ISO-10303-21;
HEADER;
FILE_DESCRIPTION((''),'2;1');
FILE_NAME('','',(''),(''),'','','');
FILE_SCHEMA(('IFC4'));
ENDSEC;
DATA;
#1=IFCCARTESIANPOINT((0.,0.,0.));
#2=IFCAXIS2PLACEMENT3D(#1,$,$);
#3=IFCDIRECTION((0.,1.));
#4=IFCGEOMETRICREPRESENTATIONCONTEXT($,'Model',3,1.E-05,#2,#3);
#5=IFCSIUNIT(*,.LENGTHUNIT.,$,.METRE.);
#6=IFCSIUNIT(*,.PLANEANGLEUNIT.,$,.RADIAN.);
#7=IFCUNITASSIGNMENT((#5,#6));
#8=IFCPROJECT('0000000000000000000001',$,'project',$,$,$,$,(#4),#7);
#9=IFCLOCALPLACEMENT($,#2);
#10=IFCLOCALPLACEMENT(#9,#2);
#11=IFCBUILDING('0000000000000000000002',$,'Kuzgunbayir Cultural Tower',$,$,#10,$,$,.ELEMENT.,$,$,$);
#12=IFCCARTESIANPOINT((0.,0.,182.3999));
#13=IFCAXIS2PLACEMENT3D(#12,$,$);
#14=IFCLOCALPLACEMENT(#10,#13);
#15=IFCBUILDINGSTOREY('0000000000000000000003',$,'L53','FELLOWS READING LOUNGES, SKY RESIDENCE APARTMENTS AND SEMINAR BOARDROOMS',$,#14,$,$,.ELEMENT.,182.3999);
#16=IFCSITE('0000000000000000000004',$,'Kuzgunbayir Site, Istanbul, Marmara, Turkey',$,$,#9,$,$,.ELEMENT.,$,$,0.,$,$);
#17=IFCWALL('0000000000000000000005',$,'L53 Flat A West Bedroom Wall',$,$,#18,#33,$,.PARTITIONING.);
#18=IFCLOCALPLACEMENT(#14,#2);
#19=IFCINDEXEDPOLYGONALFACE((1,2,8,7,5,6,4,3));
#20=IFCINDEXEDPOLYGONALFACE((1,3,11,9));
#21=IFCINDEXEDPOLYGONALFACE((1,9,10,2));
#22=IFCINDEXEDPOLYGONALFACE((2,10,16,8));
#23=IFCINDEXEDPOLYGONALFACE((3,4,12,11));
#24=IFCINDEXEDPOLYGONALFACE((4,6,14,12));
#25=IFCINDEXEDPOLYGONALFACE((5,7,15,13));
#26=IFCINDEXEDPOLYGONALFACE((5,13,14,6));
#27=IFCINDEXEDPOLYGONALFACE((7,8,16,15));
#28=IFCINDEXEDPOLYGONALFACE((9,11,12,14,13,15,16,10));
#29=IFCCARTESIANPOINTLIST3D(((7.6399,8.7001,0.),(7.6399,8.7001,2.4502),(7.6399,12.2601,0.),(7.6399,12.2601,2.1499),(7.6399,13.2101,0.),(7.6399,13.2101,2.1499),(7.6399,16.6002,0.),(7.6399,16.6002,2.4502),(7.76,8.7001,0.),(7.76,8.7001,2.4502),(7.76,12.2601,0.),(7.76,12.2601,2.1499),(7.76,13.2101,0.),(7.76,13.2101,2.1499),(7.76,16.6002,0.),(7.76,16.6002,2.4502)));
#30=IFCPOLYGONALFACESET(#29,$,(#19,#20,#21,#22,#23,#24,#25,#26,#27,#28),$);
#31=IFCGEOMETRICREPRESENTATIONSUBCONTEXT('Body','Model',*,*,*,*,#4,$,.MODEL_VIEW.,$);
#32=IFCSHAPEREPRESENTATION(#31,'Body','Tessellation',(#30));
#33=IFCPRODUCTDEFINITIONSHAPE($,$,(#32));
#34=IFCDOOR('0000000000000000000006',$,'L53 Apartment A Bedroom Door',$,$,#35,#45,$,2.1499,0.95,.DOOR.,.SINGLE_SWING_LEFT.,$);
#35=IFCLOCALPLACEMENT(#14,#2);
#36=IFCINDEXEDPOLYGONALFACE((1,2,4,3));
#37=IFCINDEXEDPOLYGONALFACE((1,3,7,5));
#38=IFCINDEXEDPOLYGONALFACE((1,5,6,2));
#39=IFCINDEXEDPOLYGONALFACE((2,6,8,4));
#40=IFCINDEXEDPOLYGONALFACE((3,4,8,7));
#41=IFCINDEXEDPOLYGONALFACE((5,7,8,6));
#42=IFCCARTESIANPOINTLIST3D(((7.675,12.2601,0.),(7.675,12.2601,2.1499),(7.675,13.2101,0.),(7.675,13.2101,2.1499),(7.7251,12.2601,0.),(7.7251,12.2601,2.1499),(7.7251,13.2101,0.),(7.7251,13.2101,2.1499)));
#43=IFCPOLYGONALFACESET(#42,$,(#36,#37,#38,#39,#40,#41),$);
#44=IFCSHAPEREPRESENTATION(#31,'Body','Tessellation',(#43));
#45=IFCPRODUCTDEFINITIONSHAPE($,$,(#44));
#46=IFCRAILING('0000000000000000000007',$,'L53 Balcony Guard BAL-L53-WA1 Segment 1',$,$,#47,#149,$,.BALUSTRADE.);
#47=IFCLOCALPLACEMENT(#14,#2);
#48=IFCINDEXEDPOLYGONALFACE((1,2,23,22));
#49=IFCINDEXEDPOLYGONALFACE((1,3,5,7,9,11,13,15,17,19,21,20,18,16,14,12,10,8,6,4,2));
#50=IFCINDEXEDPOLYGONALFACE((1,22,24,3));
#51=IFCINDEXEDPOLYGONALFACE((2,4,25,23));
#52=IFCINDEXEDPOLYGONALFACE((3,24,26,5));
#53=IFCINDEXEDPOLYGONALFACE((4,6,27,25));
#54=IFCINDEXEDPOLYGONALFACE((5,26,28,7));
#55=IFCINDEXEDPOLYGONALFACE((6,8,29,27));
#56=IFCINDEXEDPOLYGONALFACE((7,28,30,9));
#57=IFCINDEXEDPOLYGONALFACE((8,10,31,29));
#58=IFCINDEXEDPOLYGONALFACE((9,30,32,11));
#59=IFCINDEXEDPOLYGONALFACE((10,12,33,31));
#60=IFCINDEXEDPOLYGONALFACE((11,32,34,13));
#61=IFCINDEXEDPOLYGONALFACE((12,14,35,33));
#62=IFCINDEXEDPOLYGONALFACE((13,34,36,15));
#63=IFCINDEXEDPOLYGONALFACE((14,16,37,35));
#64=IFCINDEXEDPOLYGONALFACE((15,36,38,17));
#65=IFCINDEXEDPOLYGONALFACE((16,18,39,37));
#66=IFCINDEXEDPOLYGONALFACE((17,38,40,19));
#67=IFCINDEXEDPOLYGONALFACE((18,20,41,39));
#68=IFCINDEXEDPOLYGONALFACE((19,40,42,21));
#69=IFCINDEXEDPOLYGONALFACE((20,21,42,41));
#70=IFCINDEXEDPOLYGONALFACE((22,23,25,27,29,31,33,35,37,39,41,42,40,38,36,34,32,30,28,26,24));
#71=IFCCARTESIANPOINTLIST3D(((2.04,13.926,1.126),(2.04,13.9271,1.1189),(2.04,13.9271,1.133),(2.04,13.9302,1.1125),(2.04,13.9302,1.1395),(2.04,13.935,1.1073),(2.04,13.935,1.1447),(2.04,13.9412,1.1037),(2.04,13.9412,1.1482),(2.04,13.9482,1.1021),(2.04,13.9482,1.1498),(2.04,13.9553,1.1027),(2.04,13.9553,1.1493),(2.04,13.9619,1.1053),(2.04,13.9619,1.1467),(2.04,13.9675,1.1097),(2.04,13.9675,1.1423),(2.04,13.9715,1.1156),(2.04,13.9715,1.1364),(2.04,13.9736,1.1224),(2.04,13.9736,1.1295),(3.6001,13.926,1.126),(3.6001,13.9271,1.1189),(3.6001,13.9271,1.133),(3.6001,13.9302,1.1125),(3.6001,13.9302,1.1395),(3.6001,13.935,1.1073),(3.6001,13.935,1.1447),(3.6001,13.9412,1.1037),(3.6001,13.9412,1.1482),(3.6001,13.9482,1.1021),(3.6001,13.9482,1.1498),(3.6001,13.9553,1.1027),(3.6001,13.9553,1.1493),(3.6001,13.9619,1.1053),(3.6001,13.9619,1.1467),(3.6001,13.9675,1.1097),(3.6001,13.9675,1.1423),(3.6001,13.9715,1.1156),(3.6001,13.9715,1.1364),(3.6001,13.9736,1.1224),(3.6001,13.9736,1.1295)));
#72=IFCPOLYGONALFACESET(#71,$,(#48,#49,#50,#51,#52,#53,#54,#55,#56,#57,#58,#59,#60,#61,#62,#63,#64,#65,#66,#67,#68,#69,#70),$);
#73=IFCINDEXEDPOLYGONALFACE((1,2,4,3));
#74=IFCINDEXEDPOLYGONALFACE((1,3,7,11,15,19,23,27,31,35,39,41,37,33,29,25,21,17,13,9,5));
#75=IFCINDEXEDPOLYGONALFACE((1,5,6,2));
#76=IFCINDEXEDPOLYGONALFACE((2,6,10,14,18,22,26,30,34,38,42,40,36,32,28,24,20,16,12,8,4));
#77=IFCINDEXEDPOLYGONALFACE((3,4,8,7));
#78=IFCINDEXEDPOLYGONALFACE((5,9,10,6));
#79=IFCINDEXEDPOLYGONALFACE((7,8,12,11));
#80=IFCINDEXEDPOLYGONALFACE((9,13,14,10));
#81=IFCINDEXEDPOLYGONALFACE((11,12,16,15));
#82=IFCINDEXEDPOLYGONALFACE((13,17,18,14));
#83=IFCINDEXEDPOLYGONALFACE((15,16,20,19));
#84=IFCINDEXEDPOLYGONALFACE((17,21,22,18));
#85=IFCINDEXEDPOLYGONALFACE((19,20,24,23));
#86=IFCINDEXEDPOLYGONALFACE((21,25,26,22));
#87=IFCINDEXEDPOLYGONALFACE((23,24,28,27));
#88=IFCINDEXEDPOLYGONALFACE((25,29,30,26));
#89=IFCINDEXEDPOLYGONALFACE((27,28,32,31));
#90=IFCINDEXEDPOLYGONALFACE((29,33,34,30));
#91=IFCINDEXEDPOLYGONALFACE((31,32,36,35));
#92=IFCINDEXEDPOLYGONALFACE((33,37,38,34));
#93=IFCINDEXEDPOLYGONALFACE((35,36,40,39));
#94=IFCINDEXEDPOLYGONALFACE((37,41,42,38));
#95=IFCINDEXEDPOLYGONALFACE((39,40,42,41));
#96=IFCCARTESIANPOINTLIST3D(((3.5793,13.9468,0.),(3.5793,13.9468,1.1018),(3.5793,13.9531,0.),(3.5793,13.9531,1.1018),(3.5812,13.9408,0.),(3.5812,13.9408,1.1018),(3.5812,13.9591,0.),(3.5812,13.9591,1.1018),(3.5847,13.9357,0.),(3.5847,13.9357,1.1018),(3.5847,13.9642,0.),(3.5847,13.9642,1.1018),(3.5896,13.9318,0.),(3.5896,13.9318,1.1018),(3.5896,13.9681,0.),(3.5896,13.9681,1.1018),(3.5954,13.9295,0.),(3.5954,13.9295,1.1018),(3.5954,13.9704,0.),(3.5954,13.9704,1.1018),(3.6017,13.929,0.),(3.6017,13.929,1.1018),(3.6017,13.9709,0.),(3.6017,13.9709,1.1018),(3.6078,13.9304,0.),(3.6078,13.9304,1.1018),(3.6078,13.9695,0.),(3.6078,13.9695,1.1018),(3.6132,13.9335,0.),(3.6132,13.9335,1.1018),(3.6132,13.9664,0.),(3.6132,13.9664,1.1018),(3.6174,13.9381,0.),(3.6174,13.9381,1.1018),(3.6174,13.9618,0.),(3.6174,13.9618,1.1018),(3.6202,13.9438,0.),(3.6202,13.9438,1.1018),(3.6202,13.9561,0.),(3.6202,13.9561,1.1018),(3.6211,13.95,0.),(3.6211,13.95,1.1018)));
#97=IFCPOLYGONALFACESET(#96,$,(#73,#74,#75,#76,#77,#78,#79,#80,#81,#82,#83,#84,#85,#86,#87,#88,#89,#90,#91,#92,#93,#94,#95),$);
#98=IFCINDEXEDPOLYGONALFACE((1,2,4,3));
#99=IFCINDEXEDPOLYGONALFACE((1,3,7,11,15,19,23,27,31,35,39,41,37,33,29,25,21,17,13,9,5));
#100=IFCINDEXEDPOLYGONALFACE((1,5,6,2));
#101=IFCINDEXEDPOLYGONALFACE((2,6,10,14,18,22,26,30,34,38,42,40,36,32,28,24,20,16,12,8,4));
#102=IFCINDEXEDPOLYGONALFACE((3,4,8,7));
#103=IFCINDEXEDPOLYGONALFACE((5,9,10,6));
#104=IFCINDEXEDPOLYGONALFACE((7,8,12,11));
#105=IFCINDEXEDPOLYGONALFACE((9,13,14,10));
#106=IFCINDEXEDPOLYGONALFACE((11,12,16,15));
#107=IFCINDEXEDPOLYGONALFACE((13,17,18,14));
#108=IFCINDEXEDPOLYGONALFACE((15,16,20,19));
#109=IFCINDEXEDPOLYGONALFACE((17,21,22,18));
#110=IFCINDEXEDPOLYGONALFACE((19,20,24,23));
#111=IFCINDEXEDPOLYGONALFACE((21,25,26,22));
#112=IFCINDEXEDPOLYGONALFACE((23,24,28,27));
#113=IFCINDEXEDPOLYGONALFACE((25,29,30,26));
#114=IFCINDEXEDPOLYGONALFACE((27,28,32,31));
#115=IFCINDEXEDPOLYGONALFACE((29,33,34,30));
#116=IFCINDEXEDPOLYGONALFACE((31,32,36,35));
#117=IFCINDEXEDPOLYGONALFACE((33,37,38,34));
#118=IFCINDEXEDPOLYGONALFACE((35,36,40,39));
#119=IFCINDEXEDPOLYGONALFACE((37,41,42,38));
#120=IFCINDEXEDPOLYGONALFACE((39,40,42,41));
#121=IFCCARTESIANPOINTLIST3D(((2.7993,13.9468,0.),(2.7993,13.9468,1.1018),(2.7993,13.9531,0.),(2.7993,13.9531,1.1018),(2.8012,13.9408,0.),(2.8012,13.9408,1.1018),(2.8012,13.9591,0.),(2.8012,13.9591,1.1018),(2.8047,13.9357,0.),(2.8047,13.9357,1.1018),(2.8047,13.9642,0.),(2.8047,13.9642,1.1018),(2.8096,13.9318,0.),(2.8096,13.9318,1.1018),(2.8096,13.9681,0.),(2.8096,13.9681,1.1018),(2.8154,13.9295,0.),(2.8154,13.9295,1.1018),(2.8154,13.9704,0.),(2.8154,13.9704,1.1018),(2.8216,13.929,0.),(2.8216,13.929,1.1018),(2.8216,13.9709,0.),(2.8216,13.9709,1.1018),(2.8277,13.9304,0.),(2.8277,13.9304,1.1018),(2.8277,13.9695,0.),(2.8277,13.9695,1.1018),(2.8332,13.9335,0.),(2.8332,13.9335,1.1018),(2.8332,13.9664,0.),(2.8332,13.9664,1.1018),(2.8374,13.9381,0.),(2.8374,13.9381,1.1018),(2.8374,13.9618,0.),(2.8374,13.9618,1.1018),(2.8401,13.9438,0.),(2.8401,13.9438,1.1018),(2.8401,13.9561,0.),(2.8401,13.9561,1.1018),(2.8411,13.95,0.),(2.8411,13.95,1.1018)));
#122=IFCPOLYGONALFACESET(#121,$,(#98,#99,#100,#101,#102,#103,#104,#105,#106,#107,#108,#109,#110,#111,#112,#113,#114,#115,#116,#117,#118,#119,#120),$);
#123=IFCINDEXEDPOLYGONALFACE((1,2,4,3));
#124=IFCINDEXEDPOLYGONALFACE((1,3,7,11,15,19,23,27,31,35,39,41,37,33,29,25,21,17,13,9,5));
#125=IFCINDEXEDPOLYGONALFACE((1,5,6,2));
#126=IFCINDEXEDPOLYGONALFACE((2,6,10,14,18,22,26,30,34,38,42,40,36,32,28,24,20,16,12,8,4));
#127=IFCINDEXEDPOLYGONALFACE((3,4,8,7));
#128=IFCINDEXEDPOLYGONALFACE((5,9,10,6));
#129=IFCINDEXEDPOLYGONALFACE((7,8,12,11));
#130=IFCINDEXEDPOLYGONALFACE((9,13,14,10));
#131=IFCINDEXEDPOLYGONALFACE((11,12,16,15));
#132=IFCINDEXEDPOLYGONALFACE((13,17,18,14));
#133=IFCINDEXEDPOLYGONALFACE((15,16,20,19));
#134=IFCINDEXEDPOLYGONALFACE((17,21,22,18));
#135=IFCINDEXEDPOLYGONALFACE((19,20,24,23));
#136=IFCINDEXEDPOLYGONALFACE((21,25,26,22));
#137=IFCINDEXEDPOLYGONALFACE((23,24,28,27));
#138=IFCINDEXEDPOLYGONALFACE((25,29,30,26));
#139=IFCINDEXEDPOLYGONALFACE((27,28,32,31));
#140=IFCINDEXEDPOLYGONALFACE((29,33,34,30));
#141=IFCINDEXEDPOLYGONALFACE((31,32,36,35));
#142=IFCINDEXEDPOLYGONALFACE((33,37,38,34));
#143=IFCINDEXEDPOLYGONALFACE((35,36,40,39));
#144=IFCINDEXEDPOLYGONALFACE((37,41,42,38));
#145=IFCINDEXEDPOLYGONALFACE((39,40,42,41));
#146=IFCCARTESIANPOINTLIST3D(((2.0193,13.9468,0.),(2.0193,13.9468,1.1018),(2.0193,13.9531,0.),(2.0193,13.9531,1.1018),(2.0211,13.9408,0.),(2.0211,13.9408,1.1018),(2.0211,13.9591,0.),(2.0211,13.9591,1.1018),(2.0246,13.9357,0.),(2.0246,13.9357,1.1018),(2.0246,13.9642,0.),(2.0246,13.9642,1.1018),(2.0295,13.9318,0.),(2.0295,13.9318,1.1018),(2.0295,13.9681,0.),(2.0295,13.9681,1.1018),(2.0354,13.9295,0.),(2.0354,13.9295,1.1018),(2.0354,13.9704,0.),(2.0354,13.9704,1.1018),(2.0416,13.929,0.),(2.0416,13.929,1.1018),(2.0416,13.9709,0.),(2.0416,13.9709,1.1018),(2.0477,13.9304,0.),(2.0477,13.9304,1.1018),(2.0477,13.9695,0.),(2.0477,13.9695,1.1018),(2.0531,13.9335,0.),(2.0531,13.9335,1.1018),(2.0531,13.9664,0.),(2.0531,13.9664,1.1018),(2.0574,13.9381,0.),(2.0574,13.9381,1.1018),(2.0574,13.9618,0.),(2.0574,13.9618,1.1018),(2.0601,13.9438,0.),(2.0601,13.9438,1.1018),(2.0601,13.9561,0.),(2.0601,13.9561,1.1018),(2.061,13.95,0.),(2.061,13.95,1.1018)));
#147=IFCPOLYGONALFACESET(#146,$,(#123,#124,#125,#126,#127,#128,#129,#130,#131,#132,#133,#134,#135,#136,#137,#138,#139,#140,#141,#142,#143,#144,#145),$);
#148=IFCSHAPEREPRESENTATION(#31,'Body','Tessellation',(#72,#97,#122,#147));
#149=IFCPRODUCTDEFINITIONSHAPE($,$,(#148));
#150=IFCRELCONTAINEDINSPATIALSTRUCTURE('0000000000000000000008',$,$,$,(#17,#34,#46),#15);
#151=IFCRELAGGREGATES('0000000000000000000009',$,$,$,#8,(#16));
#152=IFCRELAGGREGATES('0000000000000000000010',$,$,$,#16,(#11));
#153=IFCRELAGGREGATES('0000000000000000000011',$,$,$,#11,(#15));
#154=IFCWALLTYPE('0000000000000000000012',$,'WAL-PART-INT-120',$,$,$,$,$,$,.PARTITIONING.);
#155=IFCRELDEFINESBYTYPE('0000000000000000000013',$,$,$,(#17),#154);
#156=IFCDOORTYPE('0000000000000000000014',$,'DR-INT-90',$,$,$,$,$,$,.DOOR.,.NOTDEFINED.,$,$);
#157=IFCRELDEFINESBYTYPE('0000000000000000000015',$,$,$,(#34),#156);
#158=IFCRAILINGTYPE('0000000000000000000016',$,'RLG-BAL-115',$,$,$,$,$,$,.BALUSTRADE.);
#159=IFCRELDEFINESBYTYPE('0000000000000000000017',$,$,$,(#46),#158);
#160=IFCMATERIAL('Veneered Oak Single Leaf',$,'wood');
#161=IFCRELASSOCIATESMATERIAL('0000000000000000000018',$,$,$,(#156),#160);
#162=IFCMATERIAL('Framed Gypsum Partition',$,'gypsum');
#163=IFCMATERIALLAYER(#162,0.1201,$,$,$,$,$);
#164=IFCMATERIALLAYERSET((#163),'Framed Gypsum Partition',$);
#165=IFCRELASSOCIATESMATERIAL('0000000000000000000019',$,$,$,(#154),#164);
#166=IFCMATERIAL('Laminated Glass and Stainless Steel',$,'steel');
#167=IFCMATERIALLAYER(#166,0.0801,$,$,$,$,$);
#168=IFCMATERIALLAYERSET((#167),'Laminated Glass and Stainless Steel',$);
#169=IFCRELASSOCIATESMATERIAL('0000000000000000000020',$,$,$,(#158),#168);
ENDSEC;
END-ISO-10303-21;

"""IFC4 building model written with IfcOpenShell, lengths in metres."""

from ifc_helpers import new_model, si_unit, direction, frame, frame_2d, origin, origin_2d, place, context, subcontext, project, spatial, rectangle, circle, extrude, material, layer, layer_set, type_object, element, fill, save


model = new_model("IFC4")

# Units and contexts
model_context = context("Model", 3, precision=1e-05, world=origin(), true_north=direction((0.0, 1.0)))
body_context = subcontext(model_context, "Body", "Model", "MODEL_VIEW")
ifc_project = project(units=[si_unit("LENGTHUNIT", "METRE"), si_unit("PLANEANGLEUNIT", "RADIAN")], contexts=[model_context])

# Site, building, storey
site_placement = place(None, origin())
site = spatial("IfcSite", under=ifc_project, at=site_placement, Name="Kuzgunbayir Site, Istanbul, Marmara, Turkey", CompositionType="ELEMENT", RefElevation=0.0)
building_placement = place(site_placement, origin())
building = spatial("IfcBuilding", under=site, at=building_placement, Name="Kuzgunbayir Cultural Tower", CompositionType="ELEMENT")
storey_placement = place(building_placement, frame((0.0, 0.0, 182.3999)))
storey = spatial("IfcBuildingStorey", under=building, at=storey_placement, Name="L53", Description="FELLOWS READING LOUNGES, SKY RESIDENCE APARTMENTS AND SEMINAR BOARDROOMS", CompositionType="ELEMENT", Elevation=182.3999)

# Shared definitions
ifc_material_1 = material(Name="Veneered Oak Single Leaf", Category="wood")
door_type_1 = type_object("IfcDoorType", Name="DR-INT-90", OperationType="NOTDEFINED", PredefinedType="DOOR", material=ifc_material_1)

# Wall, opening, door
ifc_material_2 = material(Name="Framed Gypsum Partition", Category="gypsum")
ifc_layer_1 = layer(ifc_material_2, 0.1201)
ifc_layer_set_1 = layer_set([ifc_layer_1], Name="Framed Gypsum Partition")
wall_type_1 = type_object("IfcWallType", Name="WAL-PART-INT-120", PredefinedType="PARTITIONING", material=ifc_layer_set_1)
wall_1_placement = place(storey_placement, frame((7.7, 8.7, 0.0), z_axis=(0.0, 0.0, 1.0), x_axis=(0.0, 1.0, 0.0)))
wall_1 = element("IfcWall", 1, at=wall_1_placement, inside=storey, type_object=wall_type_1, Name="L53 Flat A West Bedroom Wall", PredefinedType="PARTITIONING", context=body_context, shape_type="SweptSolid", body=[
    extrude(rectangle(XDim=7.9001, YDim=0.1201, at=frame_2d((3.9502, 0.0))), origin(), (0.0, 0.0, 1.0), 2.4502),
])
opening_1_placement = place(wall_1_placement, frame((3.5601, 0.0, 0.0)))
opening_1 = element("IfcOpeningElement", 2, at=opening_1_placement, cuts=wall_1, PredefinedType="OPENING", context=body_context, shape_type="SweptSolid", body=[
    extrude(rectangle(XDim=0.95, YDim=2.1499, at=frame_2d((0.4751, 1.075))), frame((0.0, 0.0701, 0.0), z_axis=(0.0, -1.0, 0.0), x_axis=(1.0, 0.0, 0.0)), (0.0, 0.0, 1.0), 0.1401),
])
door_1_placement = place(opening_1_placement, origin())
door_1 = element("IfcDoor", 3, at=door_1_placement, inside=storey, type_object=door_type_1, Name="L53 Apartment A Bedroom Door", OperationType="SINGLE_SWING_LEFT", OverallHeight=2.1499, OverallWidth=0.95, PredefinedType="DOOR", context=body_context, shape_type="SweptSolid", body=[
    extrude(rectangle(XDim=0.95, YDim=2.1499, at=frame_2d((0.4751, 1.075))), frame((0.0, 0.0249, 0.0), z_axis=(0.0, -1.0, 0.0), x_axis=(1.0, 0.0, 0.0)), (0.0, 0.0, 1.0), 0.05),
])
fill(opening_1, door_1)

# Railing
ifc_material_3 = material(Name="Laminated Glass and Stainless Steel", Category="steel")
ifc_layer_2 = layer(ifc_material_3, 0.0801)
ifc_layer_set_2 = layer_set([ifc_layer_2], Name="Laminated Glass and Stainless Steel")
railing_type = type_object("IfcRailingType", Name="RLG-BAL-115", PredefinedType="BALUSTRADE", material=ifc_layer_set_2)
railing_1_placement = place(storey_placement, frame((3.6001, 13.95, 0.0)))
element("IfcRailing", 4, at=railing_1_placement, inside=storey, type_object=railing_type, Name="L53 Balcony Guard BAL-L53-WA1 Segment 1", PredefinedType="BALUSTRADE", context=body_context, shape_type="SweptSolid", body=[
    extrude(circle(Radius=0.0239, at=origin_2d()), frame((0.0, 0.0, 1.126), z_axis=(-1.0, 0.0, 0.0), x_axis=(0.0, -1.0, 0.0)), (0.0, 0.0, 1.0), 1.5601),
    extrude(circle(Radius=0.021, at=origin_2d()), origin(), (0.0, 0.0, 1.0), 1.1018),
    extrude(circle(Radius=0.021, at=origin_2d()), frame((-0.78, 0.0, 0.0)), (0.0, 0.0, 1.0), 1.1018),
    extrude(circle(Radius=0.021, at=origin_2d()), frame((-1.5601, 0.0, 0.0)), (0.0, 0.0, 1.0), 1.1018),
])

save(model, "model.ifc")
